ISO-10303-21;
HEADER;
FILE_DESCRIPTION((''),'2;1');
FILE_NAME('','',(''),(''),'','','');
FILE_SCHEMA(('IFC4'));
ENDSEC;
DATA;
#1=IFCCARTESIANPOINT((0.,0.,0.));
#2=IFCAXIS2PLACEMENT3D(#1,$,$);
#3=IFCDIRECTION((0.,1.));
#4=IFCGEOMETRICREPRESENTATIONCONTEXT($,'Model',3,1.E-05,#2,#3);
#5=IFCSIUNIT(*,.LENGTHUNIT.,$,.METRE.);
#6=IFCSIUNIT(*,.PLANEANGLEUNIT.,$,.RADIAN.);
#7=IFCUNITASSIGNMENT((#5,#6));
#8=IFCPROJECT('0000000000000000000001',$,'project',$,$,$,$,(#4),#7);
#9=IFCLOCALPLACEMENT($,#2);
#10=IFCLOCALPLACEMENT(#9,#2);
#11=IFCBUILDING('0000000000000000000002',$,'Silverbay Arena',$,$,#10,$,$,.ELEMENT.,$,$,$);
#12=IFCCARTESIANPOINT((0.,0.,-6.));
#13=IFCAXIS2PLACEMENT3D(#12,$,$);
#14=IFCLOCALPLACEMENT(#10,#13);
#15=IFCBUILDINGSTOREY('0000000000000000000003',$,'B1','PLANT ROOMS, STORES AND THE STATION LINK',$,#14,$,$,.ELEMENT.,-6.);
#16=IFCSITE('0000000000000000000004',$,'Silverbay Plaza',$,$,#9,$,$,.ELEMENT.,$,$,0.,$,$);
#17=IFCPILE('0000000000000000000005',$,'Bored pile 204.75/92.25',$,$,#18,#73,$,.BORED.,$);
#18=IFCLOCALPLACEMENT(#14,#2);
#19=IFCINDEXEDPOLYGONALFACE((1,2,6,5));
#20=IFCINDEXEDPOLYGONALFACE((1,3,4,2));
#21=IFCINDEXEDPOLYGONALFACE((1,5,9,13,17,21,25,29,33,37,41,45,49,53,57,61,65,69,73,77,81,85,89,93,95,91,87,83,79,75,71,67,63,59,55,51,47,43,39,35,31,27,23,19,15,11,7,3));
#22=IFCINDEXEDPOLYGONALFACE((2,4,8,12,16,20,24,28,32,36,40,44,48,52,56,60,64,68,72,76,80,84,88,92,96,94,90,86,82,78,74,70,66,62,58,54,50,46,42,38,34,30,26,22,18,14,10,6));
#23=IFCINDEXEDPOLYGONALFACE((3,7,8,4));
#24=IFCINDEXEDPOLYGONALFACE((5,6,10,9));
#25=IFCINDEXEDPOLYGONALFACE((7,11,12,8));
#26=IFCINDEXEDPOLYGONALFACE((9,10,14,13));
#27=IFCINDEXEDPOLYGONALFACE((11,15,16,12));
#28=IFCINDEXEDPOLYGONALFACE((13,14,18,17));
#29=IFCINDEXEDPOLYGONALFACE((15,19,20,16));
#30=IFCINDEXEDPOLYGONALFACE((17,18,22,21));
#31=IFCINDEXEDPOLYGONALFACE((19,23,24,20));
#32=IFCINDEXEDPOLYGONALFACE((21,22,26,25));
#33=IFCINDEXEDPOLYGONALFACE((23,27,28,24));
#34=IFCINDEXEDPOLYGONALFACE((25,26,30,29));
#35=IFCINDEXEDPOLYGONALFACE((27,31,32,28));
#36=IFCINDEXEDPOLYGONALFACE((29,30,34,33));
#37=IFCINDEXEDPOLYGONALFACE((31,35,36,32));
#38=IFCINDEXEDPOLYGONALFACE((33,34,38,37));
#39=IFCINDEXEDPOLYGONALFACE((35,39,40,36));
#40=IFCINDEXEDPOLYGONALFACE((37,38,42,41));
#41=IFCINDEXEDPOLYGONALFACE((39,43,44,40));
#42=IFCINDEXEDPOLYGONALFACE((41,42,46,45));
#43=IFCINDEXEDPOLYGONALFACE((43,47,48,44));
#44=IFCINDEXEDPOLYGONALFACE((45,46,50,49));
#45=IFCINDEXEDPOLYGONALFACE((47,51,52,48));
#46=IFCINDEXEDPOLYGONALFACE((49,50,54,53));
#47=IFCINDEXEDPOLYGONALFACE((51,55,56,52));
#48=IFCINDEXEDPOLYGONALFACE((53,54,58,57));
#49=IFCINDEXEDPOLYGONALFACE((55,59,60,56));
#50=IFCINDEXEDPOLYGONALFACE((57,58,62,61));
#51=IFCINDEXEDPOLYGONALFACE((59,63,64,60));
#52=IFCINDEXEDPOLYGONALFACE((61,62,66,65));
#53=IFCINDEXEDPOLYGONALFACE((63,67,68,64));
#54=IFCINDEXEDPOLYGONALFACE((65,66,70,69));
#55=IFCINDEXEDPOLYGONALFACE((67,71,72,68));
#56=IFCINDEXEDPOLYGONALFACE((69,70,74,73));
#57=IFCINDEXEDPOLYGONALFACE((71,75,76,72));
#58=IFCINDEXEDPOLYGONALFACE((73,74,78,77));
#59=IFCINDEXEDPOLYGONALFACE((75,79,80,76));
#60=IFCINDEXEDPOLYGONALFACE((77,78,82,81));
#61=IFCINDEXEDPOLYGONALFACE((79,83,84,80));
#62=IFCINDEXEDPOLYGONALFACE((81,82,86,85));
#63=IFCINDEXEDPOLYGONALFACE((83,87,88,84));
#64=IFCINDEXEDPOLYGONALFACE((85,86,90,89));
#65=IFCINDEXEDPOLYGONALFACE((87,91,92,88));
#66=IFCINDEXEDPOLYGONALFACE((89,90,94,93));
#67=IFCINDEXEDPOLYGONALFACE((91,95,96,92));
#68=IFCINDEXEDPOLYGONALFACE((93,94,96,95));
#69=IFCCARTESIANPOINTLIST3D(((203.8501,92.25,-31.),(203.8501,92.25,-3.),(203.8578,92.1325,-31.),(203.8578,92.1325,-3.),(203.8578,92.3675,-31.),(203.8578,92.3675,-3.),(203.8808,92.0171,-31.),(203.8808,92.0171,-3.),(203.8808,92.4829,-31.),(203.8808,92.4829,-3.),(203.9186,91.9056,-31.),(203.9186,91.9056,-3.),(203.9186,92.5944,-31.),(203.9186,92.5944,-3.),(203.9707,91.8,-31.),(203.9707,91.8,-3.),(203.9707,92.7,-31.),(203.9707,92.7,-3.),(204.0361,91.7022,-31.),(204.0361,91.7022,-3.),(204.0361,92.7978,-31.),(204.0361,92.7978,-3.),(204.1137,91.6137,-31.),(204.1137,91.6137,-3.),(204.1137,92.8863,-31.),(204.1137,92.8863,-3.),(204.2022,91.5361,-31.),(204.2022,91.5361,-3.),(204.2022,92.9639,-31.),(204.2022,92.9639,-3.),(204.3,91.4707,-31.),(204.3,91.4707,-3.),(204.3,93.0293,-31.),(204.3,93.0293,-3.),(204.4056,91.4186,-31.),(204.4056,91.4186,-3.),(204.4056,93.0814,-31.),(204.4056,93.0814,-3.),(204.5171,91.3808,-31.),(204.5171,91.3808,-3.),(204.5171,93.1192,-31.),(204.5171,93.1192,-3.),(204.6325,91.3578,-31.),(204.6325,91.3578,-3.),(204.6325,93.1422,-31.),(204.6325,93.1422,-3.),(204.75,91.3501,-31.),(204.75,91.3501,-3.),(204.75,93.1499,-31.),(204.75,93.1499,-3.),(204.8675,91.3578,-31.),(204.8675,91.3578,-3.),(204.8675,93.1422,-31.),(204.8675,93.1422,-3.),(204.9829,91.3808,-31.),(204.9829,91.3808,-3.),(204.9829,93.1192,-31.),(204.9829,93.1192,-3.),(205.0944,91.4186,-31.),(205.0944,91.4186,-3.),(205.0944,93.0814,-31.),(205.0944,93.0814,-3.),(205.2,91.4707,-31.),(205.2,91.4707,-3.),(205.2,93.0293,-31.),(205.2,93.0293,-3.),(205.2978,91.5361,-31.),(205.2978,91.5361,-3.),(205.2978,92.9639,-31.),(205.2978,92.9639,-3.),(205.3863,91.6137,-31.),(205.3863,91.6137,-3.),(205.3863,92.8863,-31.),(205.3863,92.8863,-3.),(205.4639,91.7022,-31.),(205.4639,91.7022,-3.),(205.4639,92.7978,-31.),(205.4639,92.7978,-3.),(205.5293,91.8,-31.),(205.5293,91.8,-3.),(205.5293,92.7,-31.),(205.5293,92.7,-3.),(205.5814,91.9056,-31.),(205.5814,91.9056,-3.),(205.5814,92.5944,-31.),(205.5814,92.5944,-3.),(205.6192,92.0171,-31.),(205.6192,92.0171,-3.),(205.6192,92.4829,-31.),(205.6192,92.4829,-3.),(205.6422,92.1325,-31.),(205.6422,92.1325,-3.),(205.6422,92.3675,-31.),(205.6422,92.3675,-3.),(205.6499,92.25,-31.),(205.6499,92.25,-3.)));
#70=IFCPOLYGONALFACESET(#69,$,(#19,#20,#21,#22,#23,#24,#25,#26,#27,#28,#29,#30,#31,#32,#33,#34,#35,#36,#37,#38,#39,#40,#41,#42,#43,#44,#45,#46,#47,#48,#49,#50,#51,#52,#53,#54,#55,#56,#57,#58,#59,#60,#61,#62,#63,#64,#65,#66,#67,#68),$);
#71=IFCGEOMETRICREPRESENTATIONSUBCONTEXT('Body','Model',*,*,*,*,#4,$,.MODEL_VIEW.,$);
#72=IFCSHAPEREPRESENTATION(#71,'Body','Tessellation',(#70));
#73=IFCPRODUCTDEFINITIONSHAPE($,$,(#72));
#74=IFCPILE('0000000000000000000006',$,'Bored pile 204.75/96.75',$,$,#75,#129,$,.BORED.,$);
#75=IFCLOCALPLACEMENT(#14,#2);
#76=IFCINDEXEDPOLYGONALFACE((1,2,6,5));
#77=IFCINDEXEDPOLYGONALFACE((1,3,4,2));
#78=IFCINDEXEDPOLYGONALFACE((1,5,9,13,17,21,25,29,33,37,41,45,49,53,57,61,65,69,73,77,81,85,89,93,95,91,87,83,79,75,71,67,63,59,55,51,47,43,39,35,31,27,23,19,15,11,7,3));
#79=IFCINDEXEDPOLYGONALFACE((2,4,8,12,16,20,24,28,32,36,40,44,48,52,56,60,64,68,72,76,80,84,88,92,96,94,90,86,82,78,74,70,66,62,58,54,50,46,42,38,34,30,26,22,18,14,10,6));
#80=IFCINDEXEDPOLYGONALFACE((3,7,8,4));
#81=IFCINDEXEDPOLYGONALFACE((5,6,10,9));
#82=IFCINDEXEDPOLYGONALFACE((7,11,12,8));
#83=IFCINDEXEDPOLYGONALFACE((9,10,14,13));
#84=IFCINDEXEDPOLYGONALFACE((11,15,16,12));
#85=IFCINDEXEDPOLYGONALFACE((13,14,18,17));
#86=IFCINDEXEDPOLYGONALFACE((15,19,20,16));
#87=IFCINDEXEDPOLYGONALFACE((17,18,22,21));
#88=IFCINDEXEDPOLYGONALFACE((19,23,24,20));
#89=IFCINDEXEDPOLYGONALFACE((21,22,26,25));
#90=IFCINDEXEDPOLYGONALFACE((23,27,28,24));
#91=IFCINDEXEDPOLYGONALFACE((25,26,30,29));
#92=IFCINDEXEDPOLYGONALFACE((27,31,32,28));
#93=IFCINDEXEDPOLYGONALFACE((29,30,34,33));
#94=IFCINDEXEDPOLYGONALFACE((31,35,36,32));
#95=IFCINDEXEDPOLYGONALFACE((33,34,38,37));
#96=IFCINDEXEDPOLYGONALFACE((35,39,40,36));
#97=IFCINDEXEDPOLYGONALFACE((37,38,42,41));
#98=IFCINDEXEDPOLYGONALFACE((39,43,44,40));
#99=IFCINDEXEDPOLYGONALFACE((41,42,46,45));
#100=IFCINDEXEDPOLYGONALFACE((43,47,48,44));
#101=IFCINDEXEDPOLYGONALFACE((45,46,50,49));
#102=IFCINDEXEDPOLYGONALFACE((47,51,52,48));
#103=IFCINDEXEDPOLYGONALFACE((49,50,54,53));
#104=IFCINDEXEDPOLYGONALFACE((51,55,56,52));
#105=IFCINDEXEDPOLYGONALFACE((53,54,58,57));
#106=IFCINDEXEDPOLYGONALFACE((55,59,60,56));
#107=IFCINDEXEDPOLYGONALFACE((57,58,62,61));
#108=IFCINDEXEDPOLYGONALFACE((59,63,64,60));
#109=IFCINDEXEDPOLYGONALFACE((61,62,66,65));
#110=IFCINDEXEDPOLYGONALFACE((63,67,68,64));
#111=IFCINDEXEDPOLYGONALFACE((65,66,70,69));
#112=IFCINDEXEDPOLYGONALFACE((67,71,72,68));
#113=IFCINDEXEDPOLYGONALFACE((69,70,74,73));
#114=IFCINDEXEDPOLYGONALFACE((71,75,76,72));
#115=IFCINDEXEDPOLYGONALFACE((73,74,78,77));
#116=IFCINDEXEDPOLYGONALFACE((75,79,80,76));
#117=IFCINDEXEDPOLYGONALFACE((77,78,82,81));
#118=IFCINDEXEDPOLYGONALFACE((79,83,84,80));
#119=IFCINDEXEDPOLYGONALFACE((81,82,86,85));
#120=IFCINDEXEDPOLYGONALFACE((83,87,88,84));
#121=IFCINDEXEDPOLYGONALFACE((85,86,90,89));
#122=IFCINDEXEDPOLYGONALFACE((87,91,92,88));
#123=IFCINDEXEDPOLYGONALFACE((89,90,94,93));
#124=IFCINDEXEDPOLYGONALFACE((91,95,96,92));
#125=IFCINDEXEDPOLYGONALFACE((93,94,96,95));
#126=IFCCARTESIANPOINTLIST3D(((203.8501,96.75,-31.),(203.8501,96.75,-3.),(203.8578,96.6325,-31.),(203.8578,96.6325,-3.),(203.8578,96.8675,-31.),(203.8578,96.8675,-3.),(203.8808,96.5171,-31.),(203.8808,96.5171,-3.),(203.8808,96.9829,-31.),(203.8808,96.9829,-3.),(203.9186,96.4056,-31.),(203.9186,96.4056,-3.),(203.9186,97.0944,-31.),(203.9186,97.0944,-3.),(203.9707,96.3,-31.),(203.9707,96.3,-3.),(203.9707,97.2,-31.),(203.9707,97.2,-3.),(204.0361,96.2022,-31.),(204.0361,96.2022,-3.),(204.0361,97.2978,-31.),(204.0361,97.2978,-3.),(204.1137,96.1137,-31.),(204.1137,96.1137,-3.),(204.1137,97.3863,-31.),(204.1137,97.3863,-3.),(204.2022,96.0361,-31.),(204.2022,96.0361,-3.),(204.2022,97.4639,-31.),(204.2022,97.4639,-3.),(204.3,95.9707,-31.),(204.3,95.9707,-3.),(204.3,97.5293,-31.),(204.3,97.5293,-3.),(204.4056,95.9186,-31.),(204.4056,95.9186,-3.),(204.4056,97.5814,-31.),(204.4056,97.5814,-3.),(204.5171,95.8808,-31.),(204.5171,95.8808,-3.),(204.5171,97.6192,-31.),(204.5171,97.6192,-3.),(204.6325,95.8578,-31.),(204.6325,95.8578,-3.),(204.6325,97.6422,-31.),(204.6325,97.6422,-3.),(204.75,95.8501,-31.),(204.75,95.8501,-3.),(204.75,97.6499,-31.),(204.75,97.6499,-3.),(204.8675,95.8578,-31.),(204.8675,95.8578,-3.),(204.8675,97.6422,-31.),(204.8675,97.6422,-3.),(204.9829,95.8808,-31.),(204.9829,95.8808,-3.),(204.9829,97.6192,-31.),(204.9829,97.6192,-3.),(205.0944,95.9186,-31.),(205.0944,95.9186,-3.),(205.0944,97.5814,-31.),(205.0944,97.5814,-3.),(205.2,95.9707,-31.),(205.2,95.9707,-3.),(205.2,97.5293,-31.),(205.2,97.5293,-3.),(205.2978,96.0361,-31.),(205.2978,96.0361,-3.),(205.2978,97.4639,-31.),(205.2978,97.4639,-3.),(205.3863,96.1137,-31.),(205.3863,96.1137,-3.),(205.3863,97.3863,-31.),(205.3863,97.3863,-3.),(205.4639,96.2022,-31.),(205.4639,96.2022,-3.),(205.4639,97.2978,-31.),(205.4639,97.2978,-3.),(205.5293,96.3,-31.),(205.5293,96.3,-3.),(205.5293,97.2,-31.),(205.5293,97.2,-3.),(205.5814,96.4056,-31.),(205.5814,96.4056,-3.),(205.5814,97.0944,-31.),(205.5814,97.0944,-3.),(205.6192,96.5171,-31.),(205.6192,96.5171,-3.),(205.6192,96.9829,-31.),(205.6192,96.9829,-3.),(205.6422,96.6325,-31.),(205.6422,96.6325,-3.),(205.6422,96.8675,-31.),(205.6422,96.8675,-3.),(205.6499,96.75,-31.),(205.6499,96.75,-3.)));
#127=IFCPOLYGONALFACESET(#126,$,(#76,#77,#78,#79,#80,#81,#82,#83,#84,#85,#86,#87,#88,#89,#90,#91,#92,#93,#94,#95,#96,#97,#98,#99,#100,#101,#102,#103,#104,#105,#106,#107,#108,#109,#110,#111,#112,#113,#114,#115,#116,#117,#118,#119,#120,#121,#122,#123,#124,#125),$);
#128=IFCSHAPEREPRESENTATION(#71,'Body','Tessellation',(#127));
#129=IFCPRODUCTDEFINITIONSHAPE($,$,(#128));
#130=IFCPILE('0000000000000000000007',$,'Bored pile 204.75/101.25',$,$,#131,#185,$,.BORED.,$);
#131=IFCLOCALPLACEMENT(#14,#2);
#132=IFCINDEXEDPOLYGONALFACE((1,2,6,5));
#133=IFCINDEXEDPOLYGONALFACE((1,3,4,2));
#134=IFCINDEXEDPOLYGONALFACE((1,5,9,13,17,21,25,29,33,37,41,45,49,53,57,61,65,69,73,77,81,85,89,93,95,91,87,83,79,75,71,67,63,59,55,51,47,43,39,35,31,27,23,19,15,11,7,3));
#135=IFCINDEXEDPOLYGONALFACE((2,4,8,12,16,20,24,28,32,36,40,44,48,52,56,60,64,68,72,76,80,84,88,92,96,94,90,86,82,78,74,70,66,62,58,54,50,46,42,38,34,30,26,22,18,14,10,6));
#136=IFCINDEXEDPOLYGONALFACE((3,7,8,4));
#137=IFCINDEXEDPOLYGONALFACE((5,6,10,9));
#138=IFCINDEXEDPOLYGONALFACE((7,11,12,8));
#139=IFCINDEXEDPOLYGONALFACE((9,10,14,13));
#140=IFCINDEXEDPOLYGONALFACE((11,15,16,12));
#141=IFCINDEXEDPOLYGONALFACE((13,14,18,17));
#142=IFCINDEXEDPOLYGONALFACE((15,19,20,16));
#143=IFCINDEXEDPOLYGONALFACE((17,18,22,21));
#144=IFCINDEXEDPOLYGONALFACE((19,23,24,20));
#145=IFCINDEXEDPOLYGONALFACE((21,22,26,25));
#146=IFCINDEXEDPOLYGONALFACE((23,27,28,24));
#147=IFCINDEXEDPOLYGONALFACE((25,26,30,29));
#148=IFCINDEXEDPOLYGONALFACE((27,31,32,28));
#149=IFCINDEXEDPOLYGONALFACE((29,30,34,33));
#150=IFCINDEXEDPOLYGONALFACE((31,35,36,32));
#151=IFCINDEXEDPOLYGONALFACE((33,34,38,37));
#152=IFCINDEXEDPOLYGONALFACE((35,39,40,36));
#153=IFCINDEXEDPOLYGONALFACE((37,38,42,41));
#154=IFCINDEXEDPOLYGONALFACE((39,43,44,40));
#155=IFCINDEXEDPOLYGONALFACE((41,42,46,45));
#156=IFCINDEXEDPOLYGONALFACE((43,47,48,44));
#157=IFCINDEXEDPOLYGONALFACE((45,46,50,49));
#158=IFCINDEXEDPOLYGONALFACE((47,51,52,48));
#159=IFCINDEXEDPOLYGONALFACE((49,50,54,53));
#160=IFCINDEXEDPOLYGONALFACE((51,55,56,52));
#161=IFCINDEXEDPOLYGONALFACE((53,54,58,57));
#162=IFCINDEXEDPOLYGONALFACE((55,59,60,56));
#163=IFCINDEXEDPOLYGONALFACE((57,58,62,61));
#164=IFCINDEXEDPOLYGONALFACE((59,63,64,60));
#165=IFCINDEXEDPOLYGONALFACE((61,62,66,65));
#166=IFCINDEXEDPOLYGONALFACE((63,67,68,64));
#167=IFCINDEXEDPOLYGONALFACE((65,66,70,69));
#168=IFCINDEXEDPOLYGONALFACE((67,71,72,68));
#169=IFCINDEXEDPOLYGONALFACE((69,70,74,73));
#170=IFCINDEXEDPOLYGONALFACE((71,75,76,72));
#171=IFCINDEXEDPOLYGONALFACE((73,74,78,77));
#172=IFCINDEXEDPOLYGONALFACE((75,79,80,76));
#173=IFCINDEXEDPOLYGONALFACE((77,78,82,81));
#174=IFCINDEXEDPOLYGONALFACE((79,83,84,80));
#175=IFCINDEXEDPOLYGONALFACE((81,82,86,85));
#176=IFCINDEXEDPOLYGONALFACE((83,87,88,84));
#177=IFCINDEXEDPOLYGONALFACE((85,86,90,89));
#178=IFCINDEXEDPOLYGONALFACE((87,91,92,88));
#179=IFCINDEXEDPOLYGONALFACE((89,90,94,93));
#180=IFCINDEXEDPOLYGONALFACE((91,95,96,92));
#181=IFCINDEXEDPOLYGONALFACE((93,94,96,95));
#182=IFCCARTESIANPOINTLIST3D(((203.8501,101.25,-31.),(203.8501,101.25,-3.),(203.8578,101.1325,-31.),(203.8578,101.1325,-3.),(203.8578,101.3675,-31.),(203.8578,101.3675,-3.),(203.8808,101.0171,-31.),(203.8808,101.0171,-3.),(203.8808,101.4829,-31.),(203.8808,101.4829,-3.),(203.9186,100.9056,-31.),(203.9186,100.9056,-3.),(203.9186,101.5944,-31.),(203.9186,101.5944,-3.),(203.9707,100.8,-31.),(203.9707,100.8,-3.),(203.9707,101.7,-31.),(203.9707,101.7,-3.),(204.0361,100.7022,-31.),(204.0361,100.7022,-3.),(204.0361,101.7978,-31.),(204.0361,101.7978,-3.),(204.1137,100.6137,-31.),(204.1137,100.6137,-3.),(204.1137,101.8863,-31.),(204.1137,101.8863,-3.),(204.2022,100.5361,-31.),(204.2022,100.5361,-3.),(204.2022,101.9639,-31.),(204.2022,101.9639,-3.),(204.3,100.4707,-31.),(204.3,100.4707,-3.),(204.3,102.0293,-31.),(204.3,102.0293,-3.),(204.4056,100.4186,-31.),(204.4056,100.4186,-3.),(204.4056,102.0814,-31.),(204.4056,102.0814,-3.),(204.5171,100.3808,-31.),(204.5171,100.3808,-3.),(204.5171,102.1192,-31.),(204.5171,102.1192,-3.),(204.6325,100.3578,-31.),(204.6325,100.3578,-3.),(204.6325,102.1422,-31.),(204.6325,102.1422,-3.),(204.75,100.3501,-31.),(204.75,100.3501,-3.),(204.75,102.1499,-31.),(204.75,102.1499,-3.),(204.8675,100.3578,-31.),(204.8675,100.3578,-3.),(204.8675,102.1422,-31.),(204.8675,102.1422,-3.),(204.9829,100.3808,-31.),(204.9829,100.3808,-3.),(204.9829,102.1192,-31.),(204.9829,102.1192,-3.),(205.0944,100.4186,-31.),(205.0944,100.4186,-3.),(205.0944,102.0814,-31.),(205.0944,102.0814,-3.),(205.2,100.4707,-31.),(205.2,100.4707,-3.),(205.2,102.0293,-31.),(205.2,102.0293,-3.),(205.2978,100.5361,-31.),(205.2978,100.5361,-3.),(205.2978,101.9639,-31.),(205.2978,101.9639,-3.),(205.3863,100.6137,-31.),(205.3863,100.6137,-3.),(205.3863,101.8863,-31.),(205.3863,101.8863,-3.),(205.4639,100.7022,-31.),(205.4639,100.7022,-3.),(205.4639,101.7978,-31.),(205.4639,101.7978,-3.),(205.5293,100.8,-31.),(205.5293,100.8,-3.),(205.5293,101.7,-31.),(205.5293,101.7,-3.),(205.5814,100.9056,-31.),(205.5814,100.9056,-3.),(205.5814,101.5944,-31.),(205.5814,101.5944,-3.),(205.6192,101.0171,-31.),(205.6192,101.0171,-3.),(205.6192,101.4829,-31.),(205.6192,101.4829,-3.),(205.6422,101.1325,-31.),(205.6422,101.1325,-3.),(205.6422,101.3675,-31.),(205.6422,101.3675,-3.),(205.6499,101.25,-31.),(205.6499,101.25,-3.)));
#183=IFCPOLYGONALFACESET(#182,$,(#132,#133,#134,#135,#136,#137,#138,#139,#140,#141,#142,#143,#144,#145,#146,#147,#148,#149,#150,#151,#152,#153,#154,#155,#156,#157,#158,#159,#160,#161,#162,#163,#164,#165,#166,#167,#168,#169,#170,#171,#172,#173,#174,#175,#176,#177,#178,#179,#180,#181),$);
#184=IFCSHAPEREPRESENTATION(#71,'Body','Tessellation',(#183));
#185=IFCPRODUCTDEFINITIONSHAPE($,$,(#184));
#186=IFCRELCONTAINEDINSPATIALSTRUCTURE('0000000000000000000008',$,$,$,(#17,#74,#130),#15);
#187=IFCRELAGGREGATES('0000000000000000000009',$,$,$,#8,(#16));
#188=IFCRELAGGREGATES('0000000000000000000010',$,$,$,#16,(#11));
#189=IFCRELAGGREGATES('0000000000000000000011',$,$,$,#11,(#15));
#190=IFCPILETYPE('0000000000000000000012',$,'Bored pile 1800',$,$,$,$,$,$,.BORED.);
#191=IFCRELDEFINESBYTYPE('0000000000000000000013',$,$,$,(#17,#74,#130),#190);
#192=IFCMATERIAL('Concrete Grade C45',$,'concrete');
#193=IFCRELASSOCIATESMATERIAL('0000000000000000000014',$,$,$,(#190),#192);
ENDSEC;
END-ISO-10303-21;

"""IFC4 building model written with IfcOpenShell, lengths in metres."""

from ifc_helpers import new_model, si_unit, direction, frame, origin, origin_2d, place, context, subcontext, project, spatial, circle, extrude, material, material_profile, profile_set, type_object, element, save


model = new_model("IFC4")

# Units and contexts
model_context = context("Model", 3, precision=1e-05, world=origin(), true_north=direction((0.0, 1.0)))
body_context = subcontext(model_context, "Body", "Model", "MODEL_VIEW")
ifc_project = project(units=[si_unit("LENGTHUNIT", "METRE"), si_unit("PLANEANGLEUNIT", "RADIAN")], contexts=[model_context])

# Site, building, storey
site_placement = place(None, origin())
site = spatial("IfcSite", under=ifc_project, at=site_placement, Name="Silverbay Plaza", CompositionType="ELEMENT", RefElevation=0.0)
building_placement = place(site_placement, origin())
building = spatial("IfcBuilding", under=site, at=building_placement, Name="Silverbay Arena", CompositionType="ELEMENT")
storey_placement = place(building_placement, frame((0.0, 0.0, -6.0)))
storey = spatial("IfcBuildingStorey", under=building, at=storey_placement, Name="B1", Description="PLANT ROOMS, STORES AND THE STATION LINK", CompositionType="ELEMENT", Elevation=-6.0)

# Piles
ifc_material_1 = material(Name="Concrete Grade C45", Category="concrete")
ifc_material_profile_1 = material_profile(ifc_material_1, circle(Radius=0.8999, at=origin_2d()), Name="Bored pile 1800")
ifc_profile_set_1 = profile_set([ifc_material_profile_1], Name="Concrete Grade C45")
pile_type_1 = type_object("IfcPileType", Name="Bored pile 1800", PredefinedType="BORED", material=ifc_profile_set_1)
for number, where, z_axis, x_axis, name in (
    (1, (204.75, 92.25, -3.0), (0.0, 0.0, -1.0), (1.0, 0.0, 0.0), "Bored pile 204.75/92.25"),
    (2, (204.75, 96.75, -3.0), (0.0, 0.0, -1.0), (1.0, 0.0, 0.0), "Bored pile 204.75/96.75"),
    (3, (204.75, 101.25, -3.0), (0.0, 0.0, -1.0), (1.0, 0.0, 0.0), "Bored pile 204.75/101.25"),
):
    element("IfcPile", number, at=place(storey_placement, frame(where, z_axis=z_axis, x_axis=x_axis)), inside=storey, type_object=pile_type_1, Name=name, PredefinedType="BORED", context=body_context, shape_type="SweptSolid", body=[
        extrude(circle(Radius=0.8999, at=origin_2d()), origin(), (0.0, 0.0, 1.0), 28.0),
    ])

save(model, "model.ifc")
